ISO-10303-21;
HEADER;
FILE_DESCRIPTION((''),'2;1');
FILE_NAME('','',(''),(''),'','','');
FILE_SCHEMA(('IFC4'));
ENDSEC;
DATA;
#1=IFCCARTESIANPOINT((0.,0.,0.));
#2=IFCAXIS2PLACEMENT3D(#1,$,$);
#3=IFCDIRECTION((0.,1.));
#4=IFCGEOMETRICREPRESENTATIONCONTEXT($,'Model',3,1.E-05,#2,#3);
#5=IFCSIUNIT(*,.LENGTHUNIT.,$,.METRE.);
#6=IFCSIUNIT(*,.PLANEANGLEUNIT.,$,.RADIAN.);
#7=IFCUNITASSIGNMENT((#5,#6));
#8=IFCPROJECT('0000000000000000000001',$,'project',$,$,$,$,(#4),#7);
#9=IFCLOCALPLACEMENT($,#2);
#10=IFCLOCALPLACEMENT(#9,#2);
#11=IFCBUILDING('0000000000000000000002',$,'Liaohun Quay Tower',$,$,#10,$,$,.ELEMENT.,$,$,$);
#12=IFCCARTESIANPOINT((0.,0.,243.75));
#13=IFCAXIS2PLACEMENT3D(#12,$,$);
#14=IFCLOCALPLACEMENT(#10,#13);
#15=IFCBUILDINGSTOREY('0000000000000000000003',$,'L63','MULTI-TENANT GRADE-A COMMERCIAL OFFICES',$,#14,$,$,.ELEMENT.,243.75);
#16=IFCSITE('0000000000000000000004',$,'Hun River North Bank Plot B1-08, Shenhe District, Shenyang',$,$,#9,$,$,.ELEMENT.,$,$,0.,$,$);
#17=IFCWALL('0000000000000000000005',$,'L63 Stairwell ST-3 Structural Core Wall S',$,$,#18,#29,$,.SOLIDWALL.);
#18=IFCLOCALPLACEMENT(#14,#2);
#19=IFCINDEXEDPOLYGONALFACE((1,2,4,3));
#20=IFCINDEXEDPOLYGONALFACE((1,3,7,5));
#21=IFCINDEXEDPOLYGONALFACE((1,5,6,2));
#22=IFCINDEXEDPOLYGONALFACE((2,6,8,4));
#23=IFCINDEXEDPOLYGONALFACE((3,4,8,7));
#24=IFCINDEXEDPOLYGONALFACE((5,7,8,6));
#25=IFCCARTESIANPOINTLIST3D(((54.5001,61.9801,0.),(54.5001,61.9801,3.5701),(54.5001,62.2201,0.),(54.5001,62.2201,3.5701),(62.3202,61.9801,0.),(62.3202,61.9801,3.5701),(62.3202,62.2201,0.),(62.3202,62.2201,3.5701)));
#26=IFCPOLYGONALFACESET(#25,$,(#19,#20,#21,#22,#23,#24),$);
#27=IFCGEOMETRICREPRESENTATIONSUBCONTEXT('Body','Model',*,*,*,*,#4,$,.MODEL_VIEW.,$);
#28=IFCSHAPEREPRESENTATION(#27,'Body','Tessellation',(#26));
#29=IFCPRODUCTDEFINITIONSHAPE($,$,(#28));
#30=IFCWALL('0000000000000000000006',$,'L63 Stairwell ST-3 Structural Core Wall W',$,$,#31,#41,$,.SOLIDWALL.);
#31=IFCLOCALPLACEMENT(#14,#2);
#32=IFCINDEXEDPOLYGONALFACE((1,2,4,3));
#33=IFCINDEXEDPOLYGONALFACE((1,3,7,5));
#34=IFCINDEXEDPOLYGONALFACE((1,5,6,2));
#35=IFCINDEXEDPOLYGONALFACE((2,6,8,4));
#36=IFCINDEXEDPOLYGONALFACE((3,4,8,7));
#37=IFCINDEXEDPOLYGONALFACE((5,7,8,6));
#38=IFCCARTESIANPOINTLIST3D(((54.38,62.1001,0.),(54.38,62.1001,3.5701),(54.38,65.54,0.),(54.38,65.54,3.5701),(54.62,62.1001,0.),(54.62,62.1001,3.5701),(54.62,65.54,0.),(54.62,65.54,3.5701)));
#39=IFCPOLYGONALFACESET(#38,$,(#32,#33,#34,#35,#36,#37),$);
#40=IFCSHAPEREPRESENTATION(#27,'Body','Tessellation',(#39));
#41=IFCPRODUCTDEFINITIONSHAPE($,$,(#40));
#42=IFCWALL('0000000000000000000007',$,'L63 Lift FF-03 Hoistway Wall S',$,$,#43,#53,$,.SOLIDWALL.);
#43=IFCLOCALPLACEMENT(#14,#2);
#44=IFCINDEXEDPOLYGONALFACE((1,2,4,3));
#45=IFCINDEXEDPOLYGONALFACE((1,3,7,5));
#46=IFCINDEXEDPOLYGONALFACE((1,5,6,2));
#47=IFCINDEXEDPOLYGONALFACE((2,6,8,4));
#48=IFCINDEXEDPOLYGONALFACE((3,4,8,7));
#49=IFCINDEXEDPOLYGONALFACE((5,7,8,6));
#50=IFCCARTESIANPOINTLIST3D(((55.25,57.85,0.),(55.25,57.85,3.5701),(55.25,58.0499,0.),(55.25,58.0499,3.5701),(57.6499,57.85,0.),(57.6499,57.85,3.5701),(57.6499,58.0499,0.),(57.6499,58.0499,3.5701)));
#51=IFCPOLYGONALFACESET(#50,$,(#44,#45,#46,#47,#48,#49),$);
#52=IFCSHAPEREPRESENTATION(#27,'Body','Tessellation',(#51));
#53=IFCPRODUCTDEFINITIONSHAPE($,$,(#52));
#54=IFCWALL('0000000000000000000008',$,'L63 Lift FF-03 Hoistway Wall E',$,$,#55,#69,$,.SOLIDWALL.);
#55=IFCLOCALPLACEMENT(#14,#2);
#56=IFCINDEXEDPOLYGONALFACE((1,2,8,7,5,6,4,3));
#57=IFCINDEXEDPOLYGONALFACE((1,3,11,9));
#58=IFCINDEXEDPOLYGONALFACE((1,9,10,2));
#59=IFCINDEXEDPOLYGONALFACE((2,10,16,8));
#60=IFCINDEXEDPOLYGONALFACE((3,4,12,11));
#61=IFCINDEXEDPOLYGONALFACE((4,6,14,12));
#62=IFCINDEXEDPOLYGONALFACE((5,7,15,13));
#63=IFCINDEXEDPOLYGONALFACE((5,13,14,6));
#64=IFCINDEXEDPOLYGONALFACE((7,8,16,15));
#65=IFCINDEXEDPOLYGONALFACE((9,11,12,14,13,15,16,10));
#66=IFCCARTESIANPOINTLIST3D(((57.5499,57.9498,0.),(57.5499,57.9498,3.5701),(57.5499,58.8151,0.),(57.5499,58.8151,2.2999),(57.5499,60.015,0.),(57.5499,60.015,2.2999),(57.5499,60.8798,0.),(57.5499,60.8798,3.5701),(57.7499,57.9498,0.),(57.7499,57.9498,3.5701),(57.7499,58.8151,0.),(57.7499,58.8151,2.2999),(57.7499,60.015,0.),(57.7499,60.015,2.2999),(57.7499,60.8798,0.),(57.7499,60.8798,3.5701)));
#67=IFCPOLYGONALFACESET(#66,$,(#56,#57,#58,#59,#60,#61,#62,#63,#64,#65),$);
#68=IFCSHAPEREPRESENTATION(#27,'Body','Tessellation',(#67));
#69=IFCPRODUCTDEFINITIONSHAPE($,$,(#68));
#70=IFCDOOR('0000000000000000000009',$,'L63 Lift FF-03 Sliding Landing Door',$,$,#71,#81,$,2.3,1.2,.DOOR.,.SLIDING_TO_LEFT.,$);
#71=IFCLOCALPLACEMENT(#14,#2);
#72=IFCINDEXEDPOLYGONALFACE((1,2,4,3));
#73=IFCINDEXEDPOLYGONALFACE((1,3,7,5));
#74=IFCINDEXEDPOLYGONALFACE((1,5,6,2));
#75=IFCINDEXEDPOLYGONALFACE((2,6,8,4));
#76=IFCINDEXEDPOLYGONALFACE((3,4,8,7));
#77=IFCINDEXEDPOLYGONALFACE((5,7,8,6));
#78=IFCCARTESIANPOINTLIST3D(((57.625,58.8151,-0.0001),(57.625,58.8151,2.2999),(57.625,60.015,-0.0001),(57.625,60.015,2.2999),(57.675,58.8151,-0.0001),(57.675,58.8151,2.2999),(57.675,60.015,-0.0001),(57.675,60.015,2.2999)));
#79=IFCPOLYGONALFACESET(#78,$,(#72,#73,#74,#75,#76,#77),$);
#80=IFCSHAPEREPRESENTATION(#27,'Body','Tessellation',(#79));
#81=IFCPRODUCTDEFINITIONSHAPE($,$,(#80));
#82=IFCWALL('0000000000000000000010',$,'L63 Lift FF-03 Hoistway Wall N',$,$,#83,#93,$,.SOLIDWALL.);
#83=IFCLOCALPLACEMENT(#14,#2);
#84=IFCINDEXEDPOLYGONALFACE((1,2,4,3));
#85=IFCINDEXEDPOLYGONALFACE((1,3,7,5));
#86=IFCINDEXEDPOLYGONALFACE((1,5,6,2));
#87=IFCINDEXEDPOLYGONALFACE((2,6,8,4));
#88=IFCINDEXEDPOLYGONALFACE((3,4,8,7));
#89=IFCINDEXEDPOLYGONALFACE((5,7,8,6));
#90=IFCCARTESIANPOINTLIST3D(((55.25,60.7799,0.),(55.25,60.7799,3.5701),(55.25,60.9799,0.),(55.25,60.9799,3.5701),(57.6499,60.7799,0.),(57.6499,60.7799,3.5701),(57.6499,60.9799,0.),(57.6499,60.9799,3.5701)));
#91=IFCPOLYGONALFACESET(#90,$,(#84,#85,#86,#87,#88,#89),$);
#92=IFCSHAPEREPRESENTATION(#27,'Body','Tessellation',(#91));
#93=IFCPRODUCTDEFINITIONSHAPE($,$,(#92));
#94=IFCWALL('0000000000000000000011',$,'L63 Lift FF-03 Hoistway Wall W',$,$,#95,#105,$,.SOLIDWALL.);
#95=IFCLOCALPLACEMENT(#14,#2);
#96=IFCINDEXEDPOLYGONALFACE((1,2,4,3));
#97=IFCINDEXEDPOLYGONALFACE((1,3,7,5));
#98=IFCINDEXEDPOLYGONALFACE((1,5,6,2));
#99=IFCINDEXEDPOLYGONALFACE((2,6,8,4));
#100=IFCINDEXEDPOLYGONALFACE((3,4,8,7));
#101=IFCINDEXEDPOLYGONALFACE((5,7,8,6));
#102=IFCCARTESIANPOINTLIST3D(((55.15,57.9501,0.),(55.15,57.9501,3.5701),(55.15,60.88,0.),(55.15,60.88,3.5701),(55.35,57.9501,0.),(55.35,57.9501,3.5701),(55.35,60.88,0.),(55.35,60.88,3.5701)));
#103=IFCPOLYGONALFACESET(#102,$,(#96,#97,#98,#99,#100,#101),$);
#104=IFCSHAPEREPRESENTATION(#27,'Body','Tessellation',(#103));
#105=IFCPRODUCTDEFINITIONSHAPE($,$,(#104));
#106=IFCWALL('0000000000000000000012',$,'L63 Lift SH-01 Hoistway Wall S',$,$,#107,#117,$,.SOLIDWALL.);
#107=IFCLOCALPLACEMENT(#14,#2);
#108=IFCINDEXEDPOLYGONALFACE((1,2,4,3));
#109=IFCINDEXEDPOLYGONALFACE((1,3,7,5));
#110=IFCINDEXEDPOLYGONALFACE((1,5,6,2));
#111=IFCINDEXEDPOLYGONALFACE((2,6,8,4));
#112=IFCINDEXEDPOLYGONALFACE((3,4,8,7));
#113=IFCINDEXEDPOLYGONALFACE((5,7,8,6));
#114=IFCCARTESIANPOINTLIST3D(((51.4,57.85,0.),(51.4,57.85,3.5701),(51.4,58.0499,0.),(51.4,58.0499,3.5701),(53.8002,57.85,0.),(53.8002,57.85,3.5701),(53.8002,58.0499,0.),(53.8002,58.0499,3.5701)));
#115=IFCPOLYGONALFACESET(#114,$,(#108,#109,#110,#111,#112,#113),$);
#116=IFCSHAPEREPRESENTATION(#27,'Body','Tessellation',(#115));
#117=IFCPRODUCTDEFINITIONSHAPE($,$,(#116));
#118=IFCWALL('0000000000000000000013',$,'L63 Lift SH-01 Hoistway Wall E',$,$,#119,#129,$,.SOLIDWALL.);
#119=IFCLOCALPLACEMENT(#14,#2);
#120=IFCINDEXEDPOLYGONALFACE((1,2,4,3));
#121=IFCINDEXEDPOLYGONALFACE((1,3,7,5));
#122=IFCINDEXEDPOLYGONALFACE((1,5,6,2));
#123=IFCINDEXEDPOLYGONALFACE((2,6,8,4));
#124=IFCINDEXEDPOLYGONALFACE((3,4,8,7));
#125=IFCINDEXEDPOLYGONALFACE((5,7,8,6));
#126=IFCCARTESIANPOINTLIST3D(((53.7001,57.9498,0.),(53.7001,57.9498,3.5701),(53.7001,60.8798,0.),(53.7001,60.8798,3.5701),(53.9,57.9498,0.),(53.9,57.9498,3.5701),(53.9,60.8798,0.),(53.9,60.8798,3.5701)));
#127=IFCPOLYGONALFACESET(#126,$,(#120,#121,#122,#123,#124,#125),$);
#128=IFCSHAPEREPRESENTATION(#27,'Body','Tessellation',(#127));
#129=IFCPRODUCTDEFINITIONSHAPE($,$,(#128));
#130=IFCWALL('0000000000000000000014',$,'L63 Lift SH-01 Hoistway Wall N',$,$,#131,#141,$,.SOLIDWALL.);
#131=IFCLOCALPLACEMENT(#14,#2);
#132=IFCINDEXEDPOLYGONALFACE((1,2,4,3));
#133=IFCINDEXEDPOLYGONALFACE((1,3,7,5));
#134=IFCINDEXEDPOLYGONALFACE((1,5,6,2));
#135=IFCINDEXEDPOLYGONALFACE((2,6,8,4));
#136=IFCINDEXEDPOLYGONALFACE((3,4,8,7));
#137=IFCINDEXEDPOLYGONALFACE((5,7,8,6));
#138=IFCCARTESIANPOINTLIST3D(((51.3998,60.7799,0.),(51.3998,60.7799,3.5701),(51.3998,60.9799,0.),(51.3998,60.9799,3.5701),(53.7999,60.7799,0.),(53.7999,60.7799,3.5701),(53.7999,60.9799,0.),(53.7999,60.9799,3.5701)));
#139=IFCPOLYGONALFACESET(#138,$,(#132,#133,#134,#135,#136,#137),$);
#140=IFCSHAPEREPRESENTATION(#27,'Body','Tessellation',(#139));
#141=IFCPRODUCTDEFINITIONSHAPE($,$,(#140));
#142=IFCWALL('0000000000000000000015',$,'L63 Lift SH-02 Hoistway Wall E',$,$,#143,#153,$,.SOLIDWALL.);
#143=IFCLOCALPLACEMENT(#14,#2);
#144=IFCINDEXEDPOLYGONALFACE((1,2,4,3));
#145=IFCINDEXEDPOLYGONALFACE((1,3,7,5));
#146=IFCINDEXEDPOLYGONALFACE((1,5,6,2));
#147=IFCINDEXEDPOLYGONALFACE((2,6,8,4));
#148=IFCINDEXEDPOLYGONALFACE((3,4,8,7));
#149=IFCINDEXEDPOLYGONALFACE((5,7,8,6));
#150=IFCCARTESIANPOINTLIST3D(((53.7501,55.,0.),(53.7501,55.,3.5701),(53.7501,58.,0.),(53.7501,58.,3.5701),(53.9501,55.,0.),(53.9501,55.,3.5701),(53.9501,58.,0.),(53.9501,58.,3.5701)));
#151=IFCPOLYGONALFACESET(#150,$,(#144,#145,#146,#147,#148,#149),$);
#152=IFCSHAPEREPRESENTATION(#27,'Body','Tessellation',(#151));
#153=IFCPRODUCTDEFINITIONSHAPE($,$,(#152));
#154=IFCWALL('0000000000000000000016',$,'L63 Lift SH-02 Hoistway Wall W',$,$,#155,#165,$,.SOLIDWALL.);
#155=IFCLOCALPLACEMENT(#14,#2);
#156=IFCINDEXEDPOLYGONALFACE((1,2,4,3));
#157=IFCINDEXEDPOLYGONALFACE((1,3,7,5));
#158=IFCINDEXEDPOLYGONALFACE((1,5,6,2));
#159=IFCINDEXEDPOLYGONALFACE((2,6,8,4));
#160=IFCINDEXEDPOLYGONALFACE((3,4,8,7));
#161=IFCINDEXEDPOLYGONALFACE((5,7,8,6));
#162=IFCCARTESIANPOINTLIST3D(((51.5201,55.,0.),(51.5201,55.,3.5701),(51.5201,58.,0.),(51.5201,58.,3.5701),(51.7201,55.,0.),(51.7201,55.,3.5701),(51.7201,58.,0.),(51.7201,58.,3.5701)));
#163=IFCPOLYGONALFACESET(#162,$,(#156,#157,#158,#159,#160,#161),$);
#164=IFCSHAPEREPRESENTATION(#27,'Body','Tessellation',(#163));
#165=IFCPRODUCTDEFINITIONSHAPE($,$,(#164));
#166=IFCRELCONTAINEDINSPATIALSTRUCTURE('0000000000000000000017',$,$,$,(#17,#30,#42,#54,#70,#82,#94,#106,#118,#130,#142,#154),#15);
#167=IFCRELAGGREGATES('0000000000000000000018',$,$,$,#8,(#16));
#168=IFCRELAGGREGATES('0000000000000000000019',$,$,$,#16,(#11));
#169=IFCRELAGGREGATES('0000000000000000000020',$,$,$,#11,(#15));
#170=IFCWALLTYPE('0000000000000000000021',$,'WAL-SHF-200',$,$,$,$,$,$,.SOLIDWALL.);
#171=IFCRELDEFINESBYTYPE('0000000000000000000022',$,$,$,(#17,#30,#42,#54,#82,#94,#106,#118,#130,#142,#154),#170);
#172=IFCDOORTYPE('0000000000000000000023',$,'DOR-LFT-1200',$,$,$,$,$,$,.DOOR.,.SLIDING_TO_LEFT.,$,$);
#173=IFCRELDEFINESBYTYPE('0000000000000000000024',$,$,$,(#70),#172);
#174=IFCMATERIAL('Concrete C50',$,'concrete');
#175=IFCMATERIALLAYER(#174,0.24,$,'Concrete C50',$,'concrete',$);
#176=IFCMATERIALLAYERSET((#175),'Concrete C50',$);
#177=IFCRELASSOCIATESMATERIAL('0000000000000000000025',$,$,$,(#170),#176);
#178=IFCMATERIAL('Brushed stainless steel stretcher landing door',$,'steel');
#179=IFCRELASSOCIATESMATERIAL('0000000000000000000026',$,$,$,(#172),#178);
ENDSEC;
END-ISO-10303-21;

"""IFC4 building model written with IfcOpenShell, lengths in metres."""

from ifc_helpers import new_model, si_unit, direction, frame, frame_2d, origin, place, context, subcontext, project, spatial, rectangle, extrude, source, transform, mapped, material, layer, layer_set, type_object, element, fill, save


model = new_model("IFC4")

# Units and contexts
model_context = context("Model", 3, precision=1e-05, world=origin(), true_north=direction((0.0, 1.0)))
body_context = subcontext(model_context, "Body", "Model", "MODEL_VIEW")
ifc_project = project(units=[si_unit("LENGTHUNIT", "METRE"), si_unit("PLANEANGLEUNIT", "RADIAN")], contexts=[model_context])

# Site, building, storey
site_placement = place(None, origin())
site = spatial("IfcSite", under=ifc_project, at=site_placement, Name="Hun River North Bank Plot B1-08, Shenhe District, Shenyang", CompositionType="ELEMENT", RefElevation=0.0)
building_placement = place(site_placement, origin())
building = spatial("IfcBuilding", under=site, at=building_placement, Name="Liaohun Quay Tower", CompositionType="ELEMENT")
storey_placement = place(building_placement, frame((0.0, 0.0, 243.75)))
storey = spatial("IfcBuildingStorey", under=building, at=storey_placement, Name="L63", Description="MULTI-TENANT GRADE-A COMMERCIAL OFFICES", CompositionType="ELEMENT", Elevation=243.75)

# Walls
ifc_material_1 = material(Name="Concrete C50", Category="concrete")
ifc_layer_1 = layer(ifc_material_1, 0.24, Name="Concrete C50", Category="concrete")
ifc_layer_set_1 = layer_set([ifc_layer_1], Name="Concrete C50")
wall_type_1 = type_object("IfcWallType", Name="WAL-SHF-200", PredefinedType="SOLIDWALL", material=ifc_layer_set_1)
wall_1_placement = place(storey_placement, frame((54.5, 62.1001, 0.0), z_axis=(0.0, 0.0, 1.0), x_axis=(1.0, 0.0, 0.0)))
element("IfcWall", 1, at=wall_1_placement, inside=storey, type_object=wall_type_1, Name="L63 Stairwell ST-3 Structural Core Wall S", PredefinedType="SOLIDWALL", context=body_context, shape_type="SweptSolid", body=[
    extrude(rectangle(XDim=7.8201, YDim=0.24, at=frame_2d((3.9102, 0.0))), origin(), (0.0, 0.0, 1.0), 3.5701),
])
wall_2_placement = place(storey_placement, frame((54.5, 65.54, 0.0), z_axis=(0.0, 0.0, 1.0), x_axis=(0.0, -1.0, 0.0)))
element("IfcWall", 2, at=wall_2_placement, inside=storey, type_object=wall_type_1, Name="L63 Stairwell ST-3 Structural Core Wall W", PredefinedType="SOLIDWALL", context=body_context, shape_type="SweptSolid", body=[
    extrude(rectangle(XDim=3.4399, YDim=0.24, at=frame_2d((1.72, 0.0))), origin(), (0.0, 0.0, 1.0), 3.5701),
])
wall_3_placement = place(storey_placement, frame((55.25, 57.95, 0.0), z_axis=(0.0, 0.0, 1.0), x_axis=(1.0, 0.0, 0.0)))
element("IfcWall", 3, at=wall_3_placement, inside=storey, type_object=wall_type_1, Name="L63 Lift FF-03 Hoistway Wall S", PredefinedType="SOLIDWALL", context=body_context, shape_type="SweptSolid", body=[
    extrude(rectangle(XDim=2.3999, YDim=0.2, at=frame_2d((1.2, 0.0))), origin(), (0.0, 0.0, 1.0), 3.5701),
])

# Wall, opening, door
wall_4_placement = place(storey_placement, frame((57.6499, 57.95, 0.0), z_axis=(0.0, 0.0, 1.0), x_axis=(0.0, 1.0, 0.0)))
wall_4 = element("IfcWall", 4, at=wall_4_placement, inside=storey, type_object=wall_type_1, Name="L63 Lift FF-03 Hoistway Wall E", PredefinedType="SOLIDWALL", context=body_context, shape_type="SweptSolid", body=[
    extrude(rectangle(XDim=2.9299, YDim=0.2, at=frame_2d((1.4648, 0.0))), origin(), (0.0, 0.0, 1.0), 3.5701),
])
shared_shape_1 = source(origin(), body_context, "Body", "SweptSolid", [
    extrude(rectangle(XDim=1.2, YDim=2.3, at=frame_2d((0.6001, 1.1499))), frame((0.0, 0.1099, 0.0), z_axis=(0.0, -1.0, 0.0), x_axis=(1.0, 0.0, 0.0)), (0.0, 0.0, 1.0), 0.22),
])
opening_placement = place(wall_4_placement, frame((0.865, 0.0, 0.0)))
opening = element("IfcOpeningElement", 5, at=opening_placement, cuts=wall_4, PredefinedType="OPENING", context=body_context, shape_type="MappedRepresentation", body=[
    mapped(shared_shape_1, transform((0.0, 0.0, 0.0), x_axis=(1.0, 0.0, 0.0), y_axis=(0.0, 1.0, 0.0), z_axis=(0.0, 0.0, 1.0), scale=1.0)),
])
ifc_material_2 = material(Name="Brushed stainless steel stretcher landing door", Category="steel")
door_type = type_object("IfcDoorType", Name="DOR-LFT-1200", OperationType="SLIDING_TO_LEFT", PredefinedType="DOOR", material=ifc_material_2)
shared_shape_2 = source(origin(), body_context, "Body", "SweptSolid", [
    extrude(rectangle(XDim=1.2, YDim=2.3, at=frame_2d((0.6001, 1.1499))), frame((0.0, 0.0249, 0.0), z_axis=(0.0, -1.0, 0.0), x_axis=(1.0, 0.0, 0.0)), (0.0, 0.0, 1.0), 0.05),
])
door_placement = place(opening_placement, origin())
door = element("IfcDoor", 6, at=door_placement, inside=storey, type_object=door_type, Name="L63 Lift FF-03 Sliding Landing Door", OperationType="SLIDING_TO_LEFT", OverallHeight=2.3, OverallWidth=1.2, PredefinedType="DOOR", context=body_context, shape_type="MappedRepresentation", body=[
    mapped(shared_shape_2, transform((0.0, 0.0, 0.0), x_axis=(1.0, 0.0, 0.0), y_axis=(0.0, 1.0, 0.0), z_axis=(0.0, 0.0, 1.0), scale=1.0)),
])
fill(opening, door)

# Walls
wall_5_placement = place(storey_placement, frame((57.6499, 60.8799, 0.0), z_axis=(0.0, 0.0, 1.0), x_axis=(-1.0, 0.0, 0.0)))
element("IfcWall", 7, at=wall_5_placement, inside=storey, type_object=wall_type_1, Name="L63 Lift FF-03 Hoistway Wall N", PredefinedType="SOLIDWALL", context=body_context, shape_type="SweptSolid", body=[
    extrude(rectangle(XDim=2.3999, YDim=0.2, at=frame_2d((1.2, 0.0))), origin(), (0.0, 0.0, 1.0), 3.5701),
])
wall_6_placement = place(storey_placement, frame((55.25, 60.8799, 0.0), z_axis=(0.0, 0.0, 1.0), x_axis=(0.0, -1.0, 0.0)))
element("IfcWall", 8, at=wall_6_placement, inside=storey, type_object=wall_type_1, Name="L63 Lift FF-03 Hoistway Wall W", PredefinedType="SOLIDWALL", context=body_context, shape_type="SweptSolid", body=[
    extrude(rectangle(XDim=2.9299, YDim=0.2, at=frame_2d((1.4648, 0.0))), origin(), (0.0, 0.0, 1.0), 3.5701),
])
wall_7_placement = place(storey_placement, frame((51.3999, 57.95, 0.0), z_axis=(0.0, 0.0, 1.0), x_axis=(1.0, 0.0, 0.0)))
element("IfcWall", 9, at=wall_7_placement, inside=storey, type_object=wall_type_1, Name="L63 Lift SH-01 Hoistway Wall S", PredefinedType="SOLIDWALL", context=body_context, shape_type="SweptSolid", body=[
    extrude(rectangle(XDim=2.4001, YDim=0.2, at=frame_2d((1.2002, 0.0))), origin(), (0.0, 0.0, 1.0), 3.5701),
])
wall_8_placement = place(storey_placement, frame((53.8, 57.95, 0.0), z_axis=(0.0, 0.0, 1.0), x_axis=(0.0, 1.0, 0.0)))
element("IfcWall", 10, at=wall_8_placement, inside=storey, type_object=wall_type_1, Name="L63 Lift SH-01 Hoistway Wall E", PredefinedType="SOLIDWALL", context=body_context, shape_type="SweptSolid", body=[
    extrude(rectangle(XDim=2.9299, YDim=0.2, at=frame_2d((1.4648, 0.0))), origin(), (0.0, 0.0, 1.0), 3.5701),
])
wall_9_placement = place(storey_placement, frame((53.8, 60.8799, 0.0), z_axis=(0.0, 0.0, 1.0), x_axis=(-1.0, 0.0, 0.0)))
element("IfcWall", 11, at=wall_9_placement, inside=storey, type_object=wall_type_1, Name="L63 Lift SH-01 Hoistway Wall N", PredefinedType="SOLIDWALL", context=body_context, shape_type="SweptSolid", body=[
    extrude(rectangle(XDim=2.4001, YDim=0.2, at=frame_2d((1.2002, 0.0))), origin(), (0.0, 0.0, 1.0), 3.5701),
])
for number, where, z_axis, x_axis, name in (
    (12, (53.8501, 55.0, 0.0), (0.0, 0.0, 1.0), (0.0, 1.0, 0.0), "L63 Lift SH-02 Hoistway Wall E"),
    (13, (51.6201, 58.0, 0.0), (0.0, 0.0, 1.0), (0.0, -1.0, 0.0), "L63 Lift SH-02 Hoistway Wall W"),
):
    element("IfcWall", number, at=place(storey_placement, frame(where, z_axis=z_axis, x_axis=x_axis)), inside=storey, type_object=wall_type_1, Name=name, PredefinedType="SOLIDWALL", context=body_context, shape_type="SweptSolid", body=[
        extrude(rectangle(XDim=3.0, YDim=0.2, at=frame_2d((1.5, 0.0))), origin(), (0.0, 0.0, 1.0), 3.5701),
    ])

save(model, "model.ifc")
